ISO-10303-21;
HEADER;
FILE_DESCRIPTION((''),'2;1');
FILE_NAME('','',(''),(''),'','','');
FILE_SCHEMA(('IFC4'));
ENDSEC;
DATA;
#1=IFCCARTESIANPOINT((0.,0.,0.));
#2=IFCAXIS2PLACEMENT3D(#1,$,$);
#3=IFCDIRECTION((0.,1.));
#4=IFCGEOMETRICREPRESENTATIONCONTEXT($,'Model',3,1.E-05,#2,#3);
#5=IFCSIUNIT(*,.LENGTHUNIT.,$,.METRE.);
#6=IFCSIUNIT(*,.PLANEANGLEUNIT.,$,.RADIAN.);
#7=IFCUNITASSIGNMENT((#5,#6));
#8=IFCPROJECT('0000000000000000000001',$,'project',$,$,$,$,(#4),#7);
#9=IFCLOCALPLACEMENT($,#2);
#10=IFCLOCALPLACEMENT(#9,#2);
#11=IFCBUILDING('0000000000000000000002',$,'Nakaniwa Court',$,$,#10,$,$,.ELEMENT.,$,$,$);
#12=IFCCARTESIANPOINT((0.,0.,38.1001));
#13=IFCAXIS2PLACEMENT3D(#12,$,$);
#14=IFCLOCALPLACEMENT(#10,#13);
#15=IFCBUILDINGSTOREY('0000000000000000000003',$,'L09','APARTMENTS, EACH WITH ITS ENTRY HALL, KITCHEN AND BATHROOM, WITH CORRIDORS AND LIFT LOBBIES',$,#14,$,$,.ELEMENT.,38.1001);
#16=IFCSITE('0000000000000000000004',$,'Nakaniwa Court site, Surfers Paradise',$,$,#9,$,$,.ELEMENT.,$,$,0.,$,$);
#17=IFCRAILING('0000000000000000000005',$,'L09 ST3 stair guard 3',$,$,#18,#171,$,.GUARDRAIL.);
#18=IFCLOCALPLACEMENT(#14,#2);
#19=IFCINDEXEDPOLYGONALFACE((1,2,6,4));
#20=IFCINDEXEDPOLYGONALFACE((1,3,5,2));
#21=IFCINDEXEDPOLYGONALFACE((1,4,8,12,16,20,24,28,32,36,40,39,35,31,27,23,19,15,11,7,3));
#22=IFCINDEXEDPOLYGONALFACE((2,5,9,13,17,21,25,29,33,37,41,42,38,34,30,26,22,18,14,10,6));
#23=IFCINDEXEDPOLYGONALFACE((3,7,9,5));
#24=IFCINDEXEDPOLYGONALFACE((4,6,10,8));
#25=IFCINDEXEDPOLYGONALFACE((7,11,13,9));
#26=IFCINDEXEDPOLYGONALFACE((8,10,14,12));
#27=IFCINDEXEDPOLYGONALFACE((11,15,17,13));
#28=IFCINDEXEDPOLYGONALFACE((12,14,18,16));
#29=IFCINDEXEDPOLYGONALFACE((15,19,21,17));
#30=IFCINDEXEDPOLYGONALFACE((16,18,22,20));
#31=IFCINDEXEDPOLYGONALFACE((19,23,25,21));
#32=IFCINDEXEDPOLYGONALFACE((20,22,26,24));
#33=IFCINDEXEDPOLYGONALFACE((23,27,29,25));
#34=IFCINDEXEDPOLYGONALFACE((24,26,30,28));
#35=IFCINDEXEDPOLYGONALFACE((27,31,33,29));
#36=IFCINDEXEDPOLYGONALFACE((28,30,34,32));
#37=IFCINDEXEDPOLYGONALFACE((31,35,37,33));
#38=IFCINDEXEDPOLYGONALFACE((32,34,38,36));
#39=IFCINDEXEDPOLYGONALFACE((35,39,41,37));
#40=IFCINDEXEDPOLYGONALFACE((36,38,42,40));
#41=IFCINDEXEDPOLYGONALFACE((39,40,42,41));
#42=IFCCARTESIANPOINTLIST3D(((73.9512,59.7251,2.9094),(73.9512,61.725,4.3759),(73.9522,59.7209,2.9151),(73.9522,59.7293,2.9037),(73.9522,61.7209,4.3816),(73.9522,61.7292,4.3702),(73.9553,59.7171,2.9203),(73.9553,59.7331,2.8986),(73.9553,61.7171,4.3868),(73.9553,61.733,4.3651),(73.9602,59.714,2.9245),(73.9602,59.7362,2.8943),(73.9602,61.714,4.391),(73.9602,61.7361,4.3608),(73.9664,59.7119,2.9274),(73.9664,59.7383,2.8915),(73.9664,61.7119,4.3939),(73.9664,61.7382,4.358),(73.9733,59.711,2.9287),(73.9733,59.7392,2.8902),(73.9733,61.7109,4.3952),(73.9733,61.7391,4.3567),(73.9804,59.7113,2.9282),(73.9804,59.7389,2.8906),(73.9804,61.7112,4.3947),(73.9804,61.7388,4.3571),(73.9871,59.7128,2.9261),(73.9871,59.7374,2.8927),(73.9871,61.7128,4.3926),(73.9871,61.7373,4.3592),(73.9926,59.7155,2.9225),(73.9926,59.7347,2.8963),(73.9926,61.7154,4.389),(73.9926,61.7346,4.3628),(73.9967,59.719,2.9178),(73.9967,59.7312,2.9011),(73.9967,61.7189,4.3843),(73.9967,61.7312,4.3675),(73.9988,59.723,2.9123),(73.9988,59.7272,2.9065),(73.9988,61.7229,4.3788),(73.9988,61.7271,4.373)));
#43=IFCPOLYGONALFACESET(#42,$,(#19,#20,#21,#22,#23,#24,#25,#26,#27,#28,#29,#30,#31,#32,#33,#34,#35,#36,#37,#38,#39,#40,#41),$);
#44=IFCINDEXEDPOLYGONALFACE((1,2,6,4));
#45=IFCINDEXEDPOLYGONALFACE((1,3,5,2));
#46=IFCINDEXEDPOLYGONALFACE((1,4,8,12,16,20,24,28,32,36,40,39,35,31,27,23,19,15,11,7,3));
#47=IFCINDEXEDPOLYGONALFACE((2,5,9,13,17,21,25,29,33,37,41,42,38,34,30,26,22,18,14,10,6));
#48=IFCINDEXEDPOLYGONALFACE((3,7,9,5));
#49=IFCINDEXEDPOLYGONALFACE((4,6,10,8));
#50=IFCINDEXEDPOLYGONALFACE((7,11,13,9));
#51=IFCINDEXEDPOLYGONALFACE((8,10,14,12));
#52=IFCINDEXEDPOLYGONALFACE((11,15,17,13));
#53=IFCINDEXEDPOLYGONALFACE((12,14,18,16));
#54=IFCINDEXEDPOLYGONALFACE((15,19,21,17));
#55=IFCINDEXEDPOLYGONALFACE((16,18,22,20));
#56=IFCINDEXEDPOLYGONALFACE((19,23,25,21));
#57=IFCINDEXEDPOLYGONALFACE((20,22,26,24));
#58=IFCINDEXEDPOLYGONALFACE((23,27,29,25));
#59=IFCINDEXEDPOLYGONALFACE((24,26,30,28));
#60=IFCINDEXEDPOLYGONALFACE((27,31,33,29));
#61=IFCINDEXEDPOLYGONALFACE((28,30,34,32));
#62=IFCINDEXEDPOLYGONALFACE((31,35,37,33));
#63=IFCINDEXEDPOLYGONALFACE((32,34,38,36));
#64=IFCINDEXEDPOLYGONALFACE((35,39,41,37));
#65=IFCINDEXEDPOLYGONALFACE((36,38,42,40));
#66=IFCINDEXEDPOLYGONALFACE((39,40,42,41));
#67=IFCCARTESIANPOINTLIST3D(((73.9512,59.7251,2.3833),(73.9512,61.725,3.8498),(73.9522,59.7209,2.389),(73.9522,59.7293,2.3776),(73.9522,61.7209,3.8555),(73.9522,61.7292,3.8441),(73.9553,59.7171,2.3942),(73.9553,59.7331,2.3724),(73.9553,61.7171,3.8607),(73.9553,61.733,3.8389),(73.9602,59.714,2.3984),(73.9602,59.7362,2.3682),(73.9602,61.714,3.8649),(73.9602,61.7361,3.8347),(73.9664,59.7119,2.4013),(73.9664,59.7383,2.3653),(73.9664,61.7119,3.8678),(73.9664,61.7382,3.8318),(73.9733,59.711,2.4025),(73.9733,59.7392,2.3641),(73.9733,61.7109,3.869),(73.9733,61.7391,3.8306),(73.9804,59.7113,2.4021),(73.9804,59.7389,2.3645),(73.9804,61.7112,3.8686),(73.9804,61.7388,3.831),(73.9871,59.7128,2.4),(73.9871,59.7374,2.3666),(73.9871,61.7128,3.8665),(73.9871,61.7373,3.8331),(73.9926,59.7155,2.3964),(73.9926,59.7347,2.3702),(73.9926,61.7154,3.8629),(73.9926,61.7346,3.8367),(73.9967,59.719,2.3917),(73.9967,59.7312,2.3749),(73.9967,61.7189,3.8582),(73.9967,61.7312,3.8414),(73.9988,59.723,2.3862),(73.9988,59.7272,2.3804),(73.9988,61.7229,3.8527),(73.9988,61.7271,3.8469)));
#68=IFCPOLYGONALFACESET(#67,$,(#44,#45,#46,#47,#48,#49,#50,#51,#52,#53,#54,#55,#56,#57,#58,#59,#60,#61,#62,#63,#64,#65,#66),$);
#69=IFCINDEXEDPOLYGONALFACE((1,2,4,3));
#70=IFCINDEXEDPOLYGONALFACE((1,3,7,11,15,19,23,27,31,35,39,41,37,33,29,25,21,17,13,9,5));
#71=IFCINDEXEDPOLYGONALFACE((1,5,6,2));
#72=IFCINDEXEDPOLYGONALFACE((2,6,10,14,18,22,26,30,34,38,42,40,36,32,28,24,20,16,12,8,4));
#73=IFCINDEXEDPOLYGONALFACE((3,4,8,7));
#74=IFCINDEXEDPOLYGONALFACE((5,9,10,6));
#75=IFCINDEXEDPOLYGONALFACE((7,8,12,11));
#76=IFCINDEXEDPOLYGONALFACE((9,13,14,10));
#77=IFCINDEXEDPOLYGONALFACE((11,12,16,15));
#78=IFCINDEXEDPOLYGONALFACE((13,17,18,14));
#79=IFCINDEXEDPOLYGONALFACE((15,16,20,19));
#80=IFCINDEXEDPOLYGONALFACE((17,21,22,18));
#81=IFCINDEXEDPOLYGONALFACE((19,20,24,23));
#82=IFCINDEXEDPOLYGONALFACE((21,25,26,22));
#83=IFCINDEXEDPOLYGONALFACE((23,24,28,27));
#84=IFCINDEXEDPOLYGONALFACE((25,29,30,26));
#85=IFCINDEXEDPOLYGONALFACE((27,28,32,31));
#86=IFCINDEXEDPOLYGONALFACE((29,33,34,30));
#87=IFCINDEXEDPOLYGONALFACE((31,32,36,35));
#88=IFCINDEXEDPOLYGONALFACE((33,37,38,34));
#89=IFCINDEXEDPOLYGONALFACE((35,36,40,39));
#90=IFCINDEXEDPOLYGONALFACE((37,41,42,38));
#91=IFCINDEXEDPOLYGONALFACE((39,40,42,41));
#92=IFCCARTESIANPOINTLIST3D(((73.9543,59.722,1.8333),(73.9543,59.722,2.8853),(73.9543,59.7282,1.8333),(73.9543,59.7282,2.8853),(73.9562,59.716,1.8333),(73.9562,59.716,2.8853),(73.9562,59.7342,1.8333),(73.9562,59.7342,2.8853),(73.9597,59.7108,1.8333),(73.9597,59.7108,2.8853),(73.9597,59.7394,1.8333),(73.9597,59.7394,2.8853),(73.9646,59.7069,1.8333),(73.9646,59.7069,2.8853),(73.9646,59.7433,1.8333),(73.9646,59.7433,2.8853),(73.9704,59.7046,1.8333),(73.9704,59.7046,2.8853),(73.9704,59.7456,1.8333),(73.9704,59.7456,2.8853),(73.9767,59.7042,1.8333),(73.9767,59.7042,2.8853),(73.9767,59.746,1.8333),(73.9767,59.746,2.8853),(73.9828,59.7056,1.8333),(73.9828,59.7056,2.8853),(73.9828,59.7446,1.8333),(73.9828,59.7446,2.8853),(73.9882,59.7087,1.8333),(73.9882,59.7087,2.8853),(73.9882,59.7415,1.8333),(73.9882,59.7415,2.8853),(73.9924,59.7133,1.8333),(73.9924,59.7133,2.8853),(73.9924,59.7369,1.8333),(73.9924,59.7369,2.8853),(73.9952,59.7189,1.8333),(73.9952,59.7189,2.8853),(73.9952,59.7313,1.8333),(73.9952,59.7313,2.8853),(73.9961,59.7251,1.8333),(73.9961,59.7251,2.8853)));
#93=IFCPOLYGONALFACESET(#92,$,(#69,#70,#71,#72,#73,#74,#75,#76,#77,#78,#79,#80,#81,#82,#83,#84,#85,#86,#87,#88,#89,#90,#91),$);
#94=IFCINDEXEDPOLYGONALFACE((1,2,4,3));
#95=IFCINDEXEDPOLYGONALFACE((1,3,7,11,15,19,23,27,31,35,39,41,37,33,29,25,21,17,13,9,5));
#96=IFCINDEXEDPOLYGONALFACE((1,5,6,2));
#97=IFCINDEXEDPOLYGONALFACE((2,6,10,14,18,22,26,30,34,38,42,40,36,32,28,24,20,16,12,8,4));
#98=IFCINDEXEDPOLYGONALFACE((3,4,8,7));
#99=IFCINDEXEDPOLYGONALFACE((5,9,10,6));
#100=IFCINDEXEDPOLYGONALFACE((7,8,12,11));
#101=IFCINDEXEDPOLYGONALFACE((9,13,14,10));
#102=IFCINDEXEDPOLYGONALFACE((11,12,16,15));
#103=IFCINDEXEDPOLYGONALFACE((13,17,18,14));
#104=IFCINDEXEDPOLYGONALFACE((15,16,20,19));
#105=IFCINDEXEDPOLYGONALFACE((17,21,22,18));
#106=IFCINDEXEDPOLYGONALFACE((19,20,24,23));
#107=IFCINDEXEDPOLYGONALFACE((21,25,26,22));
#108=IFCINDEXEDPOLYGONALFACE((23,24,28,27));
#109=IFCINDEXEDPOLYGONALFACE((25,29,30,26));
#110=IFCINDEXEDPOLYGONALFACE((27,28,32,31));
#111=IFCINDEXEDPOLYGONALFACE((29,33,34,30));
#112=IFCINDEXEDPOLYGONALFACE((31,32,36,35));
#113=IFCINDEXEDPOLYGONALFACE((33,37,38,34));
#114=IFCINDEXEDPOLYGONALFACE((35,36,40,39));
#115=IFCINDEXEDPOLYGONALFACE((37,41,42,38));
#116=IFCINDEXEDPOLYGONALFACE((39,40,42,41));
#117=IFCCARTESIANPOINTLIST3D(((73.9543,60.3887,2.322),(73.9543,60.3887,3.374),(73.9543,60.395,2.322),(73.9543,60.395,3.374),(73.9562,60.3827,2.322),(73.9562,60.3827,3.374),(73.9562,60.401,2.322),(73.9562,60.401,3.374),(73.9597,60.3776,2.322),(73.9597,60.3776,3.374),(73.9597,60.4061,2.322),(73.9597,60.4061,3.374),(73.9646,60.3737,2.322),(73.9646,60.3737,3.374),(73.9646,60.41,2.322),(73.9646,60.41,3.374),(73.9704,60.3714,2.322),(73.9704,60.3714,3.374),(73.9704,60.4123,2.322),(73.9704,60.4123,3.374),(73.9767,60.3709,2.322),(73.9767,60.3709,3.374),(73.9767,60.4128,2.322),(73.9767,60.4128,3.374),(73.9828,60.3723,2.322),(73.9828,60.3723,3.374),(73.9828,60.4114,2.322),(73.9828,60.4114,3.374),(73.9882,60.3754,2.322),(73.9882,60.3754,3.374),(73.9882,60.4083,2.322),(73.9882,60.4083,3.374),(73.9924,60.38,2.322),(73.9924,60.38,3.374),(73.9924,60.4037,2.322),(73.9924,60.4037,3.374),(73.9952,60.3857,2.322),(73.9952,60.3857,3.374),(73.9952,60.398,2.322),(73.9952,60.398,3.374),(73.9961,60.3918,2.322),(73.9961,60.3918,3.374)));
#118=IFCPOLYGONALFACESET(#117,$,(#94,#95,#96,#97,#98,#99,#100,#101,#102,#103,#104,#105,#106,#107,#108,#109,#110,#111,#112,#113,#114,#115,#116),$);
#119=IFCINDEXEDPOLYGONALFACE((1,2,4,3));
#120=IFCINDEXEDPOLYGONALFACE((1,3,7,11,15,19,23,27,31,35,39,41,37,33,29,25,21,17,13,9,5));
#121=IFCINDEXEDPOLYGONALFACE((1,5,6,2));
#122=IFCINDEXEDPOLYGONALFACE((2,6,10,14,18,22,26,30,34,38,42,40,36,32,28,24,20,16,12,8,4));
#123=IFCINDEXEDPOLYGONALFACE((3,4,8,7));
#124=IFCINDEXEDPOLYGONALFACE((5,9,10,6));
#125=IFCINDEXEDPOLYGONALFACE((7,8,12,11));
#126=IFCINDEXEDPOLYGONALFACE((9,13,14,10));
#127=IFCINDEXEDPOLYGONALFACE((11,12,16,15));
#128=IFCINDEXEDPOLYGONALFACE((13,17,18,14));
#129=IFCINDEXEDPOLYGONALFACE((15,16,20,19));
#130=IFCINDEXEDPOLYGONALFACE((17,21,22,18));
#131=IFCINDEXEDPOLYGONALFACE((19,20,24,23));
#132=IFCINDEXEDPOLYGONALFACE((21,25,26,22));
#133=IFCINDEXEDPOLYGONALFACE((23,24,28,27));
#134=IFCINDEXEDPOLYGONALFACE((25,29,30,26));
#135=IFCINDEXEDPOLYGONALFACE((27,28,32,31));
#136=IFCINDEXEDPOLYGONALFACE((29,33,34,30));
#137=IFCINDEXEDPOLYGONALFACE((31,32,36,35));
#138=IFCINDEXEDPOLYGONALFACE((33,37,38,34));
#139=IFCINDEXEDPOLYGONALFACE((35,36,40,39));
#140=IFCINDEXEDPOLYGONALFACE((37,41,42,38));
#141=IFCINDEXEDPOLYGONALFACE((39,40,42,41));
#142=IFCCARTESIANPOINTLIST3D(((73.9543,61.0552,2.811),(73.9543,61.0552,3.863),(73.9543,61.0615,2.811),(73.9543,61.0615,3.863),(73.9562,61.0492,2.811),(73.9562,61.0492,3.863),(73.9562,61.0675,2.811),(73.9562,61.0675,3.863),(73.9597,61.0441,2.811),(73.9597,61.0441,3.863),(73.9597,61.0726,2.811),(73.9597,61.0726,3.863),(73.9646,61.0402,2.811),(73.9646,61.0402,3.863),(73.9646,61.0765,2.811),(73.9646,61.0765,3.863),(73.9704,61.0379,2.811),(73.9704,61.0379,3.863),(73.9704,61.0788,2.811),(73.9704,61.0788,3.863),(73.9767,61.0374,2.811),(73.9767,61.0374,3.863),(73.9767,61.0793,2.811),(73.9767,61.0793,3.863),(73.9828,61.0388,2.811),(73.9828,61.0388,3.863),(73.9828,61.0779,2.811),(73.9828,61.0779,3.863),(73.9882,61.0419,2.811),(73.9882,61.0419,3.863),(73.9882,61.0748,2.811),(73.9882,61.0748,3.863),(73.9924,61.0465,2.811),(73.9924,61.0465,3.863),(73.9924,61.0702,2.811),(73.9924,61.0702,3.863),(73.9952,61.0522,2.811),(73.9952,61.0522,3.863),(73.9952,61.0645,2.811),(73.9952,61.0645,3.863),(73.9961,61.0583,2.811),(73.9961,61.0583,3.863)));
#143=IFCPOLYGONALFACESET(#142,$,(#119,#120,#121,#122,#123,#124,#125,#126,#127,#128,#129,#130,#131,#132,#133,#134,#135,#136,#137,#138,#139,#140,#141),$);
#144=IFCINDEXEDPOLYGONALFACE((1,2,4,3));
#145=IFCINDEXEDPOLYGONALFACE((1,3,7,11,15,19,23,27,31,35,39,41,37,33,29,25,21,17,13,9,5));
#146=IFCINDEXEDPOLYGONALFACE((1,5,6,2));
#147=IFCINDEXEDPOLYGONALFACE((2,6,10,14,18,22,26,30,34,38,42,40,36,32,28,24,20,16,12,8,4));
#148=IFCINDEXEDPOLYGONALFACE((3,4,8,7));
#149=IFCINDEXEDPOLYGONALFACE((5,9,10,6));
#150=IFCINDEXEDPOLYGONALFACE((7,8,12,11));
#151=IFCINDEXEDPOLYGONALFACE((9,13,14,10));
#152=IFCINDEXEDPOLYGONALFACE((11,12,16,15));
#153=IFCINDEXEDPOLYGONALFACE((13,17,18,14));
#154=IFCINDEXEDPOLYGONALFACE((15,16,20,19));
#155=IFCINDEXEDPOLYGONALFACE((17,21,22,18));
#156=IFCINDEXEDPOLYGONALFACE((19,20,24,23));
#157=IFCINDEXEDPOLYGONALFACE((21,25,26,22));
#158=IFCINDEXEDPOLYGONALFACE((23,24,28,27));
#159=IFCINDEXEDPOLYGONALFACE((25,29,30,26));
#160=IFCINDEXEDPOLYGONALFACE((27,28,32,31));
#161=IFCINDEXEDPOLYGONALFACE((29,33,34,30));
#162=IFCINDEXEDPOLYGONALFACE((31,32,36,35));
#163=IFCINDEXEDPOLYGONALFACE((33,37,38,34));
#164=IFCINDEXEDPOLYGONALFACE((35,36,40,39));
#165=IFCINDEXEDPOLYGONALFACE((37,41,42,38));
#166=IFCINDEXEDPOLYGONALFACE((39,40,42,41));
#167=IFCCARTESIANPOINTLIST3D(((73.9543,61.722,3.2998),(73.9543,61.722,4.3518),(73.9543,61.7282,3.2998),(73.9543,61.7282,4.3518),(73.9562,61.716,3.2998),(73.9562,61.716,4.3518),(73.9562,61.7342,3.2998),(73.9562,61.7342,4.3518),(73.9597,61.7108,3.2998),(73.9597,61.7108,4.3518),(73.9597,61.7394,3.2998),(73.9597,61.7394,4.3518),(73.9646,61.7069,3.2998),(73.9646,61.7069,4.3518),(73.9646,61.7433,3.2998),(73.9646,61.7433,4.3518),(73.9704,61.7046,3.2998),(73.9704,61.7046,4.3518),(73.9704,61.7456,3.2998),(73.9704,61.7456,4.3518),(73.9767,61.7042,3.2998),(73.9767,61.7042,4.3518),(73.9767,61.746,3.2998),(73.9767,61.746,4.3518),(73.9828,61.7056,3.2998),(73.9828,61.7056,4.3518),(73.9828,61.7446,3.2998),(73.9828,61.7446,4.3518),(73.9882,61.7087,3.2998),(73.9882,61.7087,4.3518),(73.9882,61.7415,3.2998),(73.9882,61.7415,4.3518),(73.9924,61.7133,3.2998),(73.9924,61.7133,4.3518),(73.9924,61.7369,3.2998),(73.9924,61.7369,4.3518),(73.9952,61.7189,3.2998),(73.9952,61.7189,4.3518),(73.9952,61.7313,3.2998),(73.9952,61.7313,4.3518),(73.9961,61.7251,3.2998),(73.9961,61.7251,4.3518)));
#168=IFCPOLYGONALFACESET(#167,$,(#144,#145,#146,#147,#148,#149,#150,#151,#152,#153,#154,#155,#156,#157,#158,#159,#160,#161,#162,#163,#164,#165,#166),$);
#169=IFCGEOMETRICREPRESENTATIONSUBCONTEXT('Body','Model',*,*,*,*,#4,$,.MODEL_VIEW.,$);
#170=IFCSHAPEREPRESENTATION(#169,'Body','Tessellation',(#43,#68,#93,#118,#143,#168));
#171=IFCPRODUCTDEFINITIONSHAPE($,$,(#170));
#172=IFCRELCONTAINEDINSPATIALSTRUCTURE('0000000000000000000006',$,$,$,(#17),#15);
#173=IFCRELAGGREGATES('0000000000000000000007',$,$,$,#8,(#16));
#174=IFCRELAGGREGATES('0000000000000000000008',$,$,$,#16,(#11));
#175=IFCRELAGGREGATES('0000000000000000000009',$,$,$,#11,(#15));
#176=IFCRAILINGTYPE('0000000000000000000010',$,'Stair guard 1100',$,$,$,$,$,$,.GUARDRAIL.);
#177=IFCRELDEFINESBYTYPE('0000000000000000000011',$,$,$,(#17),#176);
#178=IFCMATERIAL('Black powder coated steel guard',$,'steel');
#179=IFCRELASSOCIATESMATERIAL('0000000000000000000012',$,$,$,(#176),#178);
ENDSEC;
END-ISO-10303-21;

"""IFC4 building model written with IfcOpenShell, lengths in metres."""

from ifc_helpers import new_model, si_unit, direction, frame, origin, origin_2d, place, context, subcontext, project, spatial, circle, extrude, material, type_object, element, save


model = new_model("IFC4")

# Units and contexts
model_context = context("Model", 3, precision=1e-05, world=origin(), true_north=direction((0.0, 1.0)))
body_context = subcontext(model_context, "Body", "Model", "MODEL_VIEW")
ifc_project = project(units=[si_unit("LENGTHUNIT", "METRE"), si_unit("PLANEANGLEUNIT", "RADIAN")], contexts=[model_context])

# Site, building, storey
site_placement = place(None, origin())
site = spatial("IfcSite", under=ifc_project, at=site_placement, Name="Nakaniwa Court site, Surfers Paradise", CompositionType="ELEMENT", RefElevation=0.0)
building_placement = place(site_placement, origin())
building = spatial("IfcBuilding", under=site, at=building_placement, Name="Nakaniwa Court", CompositionType="ELEMENT")
storey_placement = place(building_placement, frame((0.0, 0.0, 38.1001)))
storey = spatial("IfcBuildingStorey", under=building, at=storey_placement, Name="L09", Description="APARTMENTS, EACH WITH ITS ENTRY HALL, KITCHEN AND BATHROOM, WITH CORRIDORS AND LIFT LOBBIES", CompositionType="ELEMENT", Elevation=38.1001)

# Railing
ifc_material_1 = material(Name="Black powder coated steel guard", Category="steel")
railing_type_1 = type_object("IfcRailingType", Name="Stair guard 1100", PredefinedType="GUARDRAIL", material=ifc_material_1)
railing_1_placement = place(storey_placement, frame((73.9751, 59.7251, 1.8333)))
element("IfcRailing", 1, at=railing_1_placement, inside=storey, type_object=railing_type_1, Name="L09 ST3 stair guard 3", PredefinedType="GUARDRAIL", context=body_context, shape_type="SweptSolid", body=[
    extrude(circle(Radius=0.0239, at=origin_2d()), frame((0.0, 0.0, 1.0762), z_axis=(0.0, 0.806427, 0.591334), x_axis=(-1.0, 0.0, 0.0)), (0.0, 0.0, 1.0), 2.48),
    extrude(circle(Radius=0.0239, at=origin_2d()), frame((0.0, 0.0, 0.55), z_axis=(0.0, 0.806427, 0.591334), x_axis=(-1.0, 0.0, 0.0)), (0.0, 0.0, 1.0), 2.48),
    extrude(circle(Radius=0.021, at=origin_2d()), origin(), (0.0, 0.0, 1.0), 1.052),
    extrude(circle(Radius=0.021, at=origin_2d()), frame((0.0, 0.6667, 0.4888)), (0.0, 0.0, 1.0), 1.052),
    extrude(circle(Radius=0.021, at=origin_2d()), frame((0.0, 1.3333, 0.9778)), (0.0, 0.0, 1.0), 1.052),
    extrude(circle(Radius=0.021, at=origin_2d()), frame((0.0, 2.0, 1.4666)), (0.0, 0.0, 1.0), 1.052),
])

save(model, "model.ifc")
